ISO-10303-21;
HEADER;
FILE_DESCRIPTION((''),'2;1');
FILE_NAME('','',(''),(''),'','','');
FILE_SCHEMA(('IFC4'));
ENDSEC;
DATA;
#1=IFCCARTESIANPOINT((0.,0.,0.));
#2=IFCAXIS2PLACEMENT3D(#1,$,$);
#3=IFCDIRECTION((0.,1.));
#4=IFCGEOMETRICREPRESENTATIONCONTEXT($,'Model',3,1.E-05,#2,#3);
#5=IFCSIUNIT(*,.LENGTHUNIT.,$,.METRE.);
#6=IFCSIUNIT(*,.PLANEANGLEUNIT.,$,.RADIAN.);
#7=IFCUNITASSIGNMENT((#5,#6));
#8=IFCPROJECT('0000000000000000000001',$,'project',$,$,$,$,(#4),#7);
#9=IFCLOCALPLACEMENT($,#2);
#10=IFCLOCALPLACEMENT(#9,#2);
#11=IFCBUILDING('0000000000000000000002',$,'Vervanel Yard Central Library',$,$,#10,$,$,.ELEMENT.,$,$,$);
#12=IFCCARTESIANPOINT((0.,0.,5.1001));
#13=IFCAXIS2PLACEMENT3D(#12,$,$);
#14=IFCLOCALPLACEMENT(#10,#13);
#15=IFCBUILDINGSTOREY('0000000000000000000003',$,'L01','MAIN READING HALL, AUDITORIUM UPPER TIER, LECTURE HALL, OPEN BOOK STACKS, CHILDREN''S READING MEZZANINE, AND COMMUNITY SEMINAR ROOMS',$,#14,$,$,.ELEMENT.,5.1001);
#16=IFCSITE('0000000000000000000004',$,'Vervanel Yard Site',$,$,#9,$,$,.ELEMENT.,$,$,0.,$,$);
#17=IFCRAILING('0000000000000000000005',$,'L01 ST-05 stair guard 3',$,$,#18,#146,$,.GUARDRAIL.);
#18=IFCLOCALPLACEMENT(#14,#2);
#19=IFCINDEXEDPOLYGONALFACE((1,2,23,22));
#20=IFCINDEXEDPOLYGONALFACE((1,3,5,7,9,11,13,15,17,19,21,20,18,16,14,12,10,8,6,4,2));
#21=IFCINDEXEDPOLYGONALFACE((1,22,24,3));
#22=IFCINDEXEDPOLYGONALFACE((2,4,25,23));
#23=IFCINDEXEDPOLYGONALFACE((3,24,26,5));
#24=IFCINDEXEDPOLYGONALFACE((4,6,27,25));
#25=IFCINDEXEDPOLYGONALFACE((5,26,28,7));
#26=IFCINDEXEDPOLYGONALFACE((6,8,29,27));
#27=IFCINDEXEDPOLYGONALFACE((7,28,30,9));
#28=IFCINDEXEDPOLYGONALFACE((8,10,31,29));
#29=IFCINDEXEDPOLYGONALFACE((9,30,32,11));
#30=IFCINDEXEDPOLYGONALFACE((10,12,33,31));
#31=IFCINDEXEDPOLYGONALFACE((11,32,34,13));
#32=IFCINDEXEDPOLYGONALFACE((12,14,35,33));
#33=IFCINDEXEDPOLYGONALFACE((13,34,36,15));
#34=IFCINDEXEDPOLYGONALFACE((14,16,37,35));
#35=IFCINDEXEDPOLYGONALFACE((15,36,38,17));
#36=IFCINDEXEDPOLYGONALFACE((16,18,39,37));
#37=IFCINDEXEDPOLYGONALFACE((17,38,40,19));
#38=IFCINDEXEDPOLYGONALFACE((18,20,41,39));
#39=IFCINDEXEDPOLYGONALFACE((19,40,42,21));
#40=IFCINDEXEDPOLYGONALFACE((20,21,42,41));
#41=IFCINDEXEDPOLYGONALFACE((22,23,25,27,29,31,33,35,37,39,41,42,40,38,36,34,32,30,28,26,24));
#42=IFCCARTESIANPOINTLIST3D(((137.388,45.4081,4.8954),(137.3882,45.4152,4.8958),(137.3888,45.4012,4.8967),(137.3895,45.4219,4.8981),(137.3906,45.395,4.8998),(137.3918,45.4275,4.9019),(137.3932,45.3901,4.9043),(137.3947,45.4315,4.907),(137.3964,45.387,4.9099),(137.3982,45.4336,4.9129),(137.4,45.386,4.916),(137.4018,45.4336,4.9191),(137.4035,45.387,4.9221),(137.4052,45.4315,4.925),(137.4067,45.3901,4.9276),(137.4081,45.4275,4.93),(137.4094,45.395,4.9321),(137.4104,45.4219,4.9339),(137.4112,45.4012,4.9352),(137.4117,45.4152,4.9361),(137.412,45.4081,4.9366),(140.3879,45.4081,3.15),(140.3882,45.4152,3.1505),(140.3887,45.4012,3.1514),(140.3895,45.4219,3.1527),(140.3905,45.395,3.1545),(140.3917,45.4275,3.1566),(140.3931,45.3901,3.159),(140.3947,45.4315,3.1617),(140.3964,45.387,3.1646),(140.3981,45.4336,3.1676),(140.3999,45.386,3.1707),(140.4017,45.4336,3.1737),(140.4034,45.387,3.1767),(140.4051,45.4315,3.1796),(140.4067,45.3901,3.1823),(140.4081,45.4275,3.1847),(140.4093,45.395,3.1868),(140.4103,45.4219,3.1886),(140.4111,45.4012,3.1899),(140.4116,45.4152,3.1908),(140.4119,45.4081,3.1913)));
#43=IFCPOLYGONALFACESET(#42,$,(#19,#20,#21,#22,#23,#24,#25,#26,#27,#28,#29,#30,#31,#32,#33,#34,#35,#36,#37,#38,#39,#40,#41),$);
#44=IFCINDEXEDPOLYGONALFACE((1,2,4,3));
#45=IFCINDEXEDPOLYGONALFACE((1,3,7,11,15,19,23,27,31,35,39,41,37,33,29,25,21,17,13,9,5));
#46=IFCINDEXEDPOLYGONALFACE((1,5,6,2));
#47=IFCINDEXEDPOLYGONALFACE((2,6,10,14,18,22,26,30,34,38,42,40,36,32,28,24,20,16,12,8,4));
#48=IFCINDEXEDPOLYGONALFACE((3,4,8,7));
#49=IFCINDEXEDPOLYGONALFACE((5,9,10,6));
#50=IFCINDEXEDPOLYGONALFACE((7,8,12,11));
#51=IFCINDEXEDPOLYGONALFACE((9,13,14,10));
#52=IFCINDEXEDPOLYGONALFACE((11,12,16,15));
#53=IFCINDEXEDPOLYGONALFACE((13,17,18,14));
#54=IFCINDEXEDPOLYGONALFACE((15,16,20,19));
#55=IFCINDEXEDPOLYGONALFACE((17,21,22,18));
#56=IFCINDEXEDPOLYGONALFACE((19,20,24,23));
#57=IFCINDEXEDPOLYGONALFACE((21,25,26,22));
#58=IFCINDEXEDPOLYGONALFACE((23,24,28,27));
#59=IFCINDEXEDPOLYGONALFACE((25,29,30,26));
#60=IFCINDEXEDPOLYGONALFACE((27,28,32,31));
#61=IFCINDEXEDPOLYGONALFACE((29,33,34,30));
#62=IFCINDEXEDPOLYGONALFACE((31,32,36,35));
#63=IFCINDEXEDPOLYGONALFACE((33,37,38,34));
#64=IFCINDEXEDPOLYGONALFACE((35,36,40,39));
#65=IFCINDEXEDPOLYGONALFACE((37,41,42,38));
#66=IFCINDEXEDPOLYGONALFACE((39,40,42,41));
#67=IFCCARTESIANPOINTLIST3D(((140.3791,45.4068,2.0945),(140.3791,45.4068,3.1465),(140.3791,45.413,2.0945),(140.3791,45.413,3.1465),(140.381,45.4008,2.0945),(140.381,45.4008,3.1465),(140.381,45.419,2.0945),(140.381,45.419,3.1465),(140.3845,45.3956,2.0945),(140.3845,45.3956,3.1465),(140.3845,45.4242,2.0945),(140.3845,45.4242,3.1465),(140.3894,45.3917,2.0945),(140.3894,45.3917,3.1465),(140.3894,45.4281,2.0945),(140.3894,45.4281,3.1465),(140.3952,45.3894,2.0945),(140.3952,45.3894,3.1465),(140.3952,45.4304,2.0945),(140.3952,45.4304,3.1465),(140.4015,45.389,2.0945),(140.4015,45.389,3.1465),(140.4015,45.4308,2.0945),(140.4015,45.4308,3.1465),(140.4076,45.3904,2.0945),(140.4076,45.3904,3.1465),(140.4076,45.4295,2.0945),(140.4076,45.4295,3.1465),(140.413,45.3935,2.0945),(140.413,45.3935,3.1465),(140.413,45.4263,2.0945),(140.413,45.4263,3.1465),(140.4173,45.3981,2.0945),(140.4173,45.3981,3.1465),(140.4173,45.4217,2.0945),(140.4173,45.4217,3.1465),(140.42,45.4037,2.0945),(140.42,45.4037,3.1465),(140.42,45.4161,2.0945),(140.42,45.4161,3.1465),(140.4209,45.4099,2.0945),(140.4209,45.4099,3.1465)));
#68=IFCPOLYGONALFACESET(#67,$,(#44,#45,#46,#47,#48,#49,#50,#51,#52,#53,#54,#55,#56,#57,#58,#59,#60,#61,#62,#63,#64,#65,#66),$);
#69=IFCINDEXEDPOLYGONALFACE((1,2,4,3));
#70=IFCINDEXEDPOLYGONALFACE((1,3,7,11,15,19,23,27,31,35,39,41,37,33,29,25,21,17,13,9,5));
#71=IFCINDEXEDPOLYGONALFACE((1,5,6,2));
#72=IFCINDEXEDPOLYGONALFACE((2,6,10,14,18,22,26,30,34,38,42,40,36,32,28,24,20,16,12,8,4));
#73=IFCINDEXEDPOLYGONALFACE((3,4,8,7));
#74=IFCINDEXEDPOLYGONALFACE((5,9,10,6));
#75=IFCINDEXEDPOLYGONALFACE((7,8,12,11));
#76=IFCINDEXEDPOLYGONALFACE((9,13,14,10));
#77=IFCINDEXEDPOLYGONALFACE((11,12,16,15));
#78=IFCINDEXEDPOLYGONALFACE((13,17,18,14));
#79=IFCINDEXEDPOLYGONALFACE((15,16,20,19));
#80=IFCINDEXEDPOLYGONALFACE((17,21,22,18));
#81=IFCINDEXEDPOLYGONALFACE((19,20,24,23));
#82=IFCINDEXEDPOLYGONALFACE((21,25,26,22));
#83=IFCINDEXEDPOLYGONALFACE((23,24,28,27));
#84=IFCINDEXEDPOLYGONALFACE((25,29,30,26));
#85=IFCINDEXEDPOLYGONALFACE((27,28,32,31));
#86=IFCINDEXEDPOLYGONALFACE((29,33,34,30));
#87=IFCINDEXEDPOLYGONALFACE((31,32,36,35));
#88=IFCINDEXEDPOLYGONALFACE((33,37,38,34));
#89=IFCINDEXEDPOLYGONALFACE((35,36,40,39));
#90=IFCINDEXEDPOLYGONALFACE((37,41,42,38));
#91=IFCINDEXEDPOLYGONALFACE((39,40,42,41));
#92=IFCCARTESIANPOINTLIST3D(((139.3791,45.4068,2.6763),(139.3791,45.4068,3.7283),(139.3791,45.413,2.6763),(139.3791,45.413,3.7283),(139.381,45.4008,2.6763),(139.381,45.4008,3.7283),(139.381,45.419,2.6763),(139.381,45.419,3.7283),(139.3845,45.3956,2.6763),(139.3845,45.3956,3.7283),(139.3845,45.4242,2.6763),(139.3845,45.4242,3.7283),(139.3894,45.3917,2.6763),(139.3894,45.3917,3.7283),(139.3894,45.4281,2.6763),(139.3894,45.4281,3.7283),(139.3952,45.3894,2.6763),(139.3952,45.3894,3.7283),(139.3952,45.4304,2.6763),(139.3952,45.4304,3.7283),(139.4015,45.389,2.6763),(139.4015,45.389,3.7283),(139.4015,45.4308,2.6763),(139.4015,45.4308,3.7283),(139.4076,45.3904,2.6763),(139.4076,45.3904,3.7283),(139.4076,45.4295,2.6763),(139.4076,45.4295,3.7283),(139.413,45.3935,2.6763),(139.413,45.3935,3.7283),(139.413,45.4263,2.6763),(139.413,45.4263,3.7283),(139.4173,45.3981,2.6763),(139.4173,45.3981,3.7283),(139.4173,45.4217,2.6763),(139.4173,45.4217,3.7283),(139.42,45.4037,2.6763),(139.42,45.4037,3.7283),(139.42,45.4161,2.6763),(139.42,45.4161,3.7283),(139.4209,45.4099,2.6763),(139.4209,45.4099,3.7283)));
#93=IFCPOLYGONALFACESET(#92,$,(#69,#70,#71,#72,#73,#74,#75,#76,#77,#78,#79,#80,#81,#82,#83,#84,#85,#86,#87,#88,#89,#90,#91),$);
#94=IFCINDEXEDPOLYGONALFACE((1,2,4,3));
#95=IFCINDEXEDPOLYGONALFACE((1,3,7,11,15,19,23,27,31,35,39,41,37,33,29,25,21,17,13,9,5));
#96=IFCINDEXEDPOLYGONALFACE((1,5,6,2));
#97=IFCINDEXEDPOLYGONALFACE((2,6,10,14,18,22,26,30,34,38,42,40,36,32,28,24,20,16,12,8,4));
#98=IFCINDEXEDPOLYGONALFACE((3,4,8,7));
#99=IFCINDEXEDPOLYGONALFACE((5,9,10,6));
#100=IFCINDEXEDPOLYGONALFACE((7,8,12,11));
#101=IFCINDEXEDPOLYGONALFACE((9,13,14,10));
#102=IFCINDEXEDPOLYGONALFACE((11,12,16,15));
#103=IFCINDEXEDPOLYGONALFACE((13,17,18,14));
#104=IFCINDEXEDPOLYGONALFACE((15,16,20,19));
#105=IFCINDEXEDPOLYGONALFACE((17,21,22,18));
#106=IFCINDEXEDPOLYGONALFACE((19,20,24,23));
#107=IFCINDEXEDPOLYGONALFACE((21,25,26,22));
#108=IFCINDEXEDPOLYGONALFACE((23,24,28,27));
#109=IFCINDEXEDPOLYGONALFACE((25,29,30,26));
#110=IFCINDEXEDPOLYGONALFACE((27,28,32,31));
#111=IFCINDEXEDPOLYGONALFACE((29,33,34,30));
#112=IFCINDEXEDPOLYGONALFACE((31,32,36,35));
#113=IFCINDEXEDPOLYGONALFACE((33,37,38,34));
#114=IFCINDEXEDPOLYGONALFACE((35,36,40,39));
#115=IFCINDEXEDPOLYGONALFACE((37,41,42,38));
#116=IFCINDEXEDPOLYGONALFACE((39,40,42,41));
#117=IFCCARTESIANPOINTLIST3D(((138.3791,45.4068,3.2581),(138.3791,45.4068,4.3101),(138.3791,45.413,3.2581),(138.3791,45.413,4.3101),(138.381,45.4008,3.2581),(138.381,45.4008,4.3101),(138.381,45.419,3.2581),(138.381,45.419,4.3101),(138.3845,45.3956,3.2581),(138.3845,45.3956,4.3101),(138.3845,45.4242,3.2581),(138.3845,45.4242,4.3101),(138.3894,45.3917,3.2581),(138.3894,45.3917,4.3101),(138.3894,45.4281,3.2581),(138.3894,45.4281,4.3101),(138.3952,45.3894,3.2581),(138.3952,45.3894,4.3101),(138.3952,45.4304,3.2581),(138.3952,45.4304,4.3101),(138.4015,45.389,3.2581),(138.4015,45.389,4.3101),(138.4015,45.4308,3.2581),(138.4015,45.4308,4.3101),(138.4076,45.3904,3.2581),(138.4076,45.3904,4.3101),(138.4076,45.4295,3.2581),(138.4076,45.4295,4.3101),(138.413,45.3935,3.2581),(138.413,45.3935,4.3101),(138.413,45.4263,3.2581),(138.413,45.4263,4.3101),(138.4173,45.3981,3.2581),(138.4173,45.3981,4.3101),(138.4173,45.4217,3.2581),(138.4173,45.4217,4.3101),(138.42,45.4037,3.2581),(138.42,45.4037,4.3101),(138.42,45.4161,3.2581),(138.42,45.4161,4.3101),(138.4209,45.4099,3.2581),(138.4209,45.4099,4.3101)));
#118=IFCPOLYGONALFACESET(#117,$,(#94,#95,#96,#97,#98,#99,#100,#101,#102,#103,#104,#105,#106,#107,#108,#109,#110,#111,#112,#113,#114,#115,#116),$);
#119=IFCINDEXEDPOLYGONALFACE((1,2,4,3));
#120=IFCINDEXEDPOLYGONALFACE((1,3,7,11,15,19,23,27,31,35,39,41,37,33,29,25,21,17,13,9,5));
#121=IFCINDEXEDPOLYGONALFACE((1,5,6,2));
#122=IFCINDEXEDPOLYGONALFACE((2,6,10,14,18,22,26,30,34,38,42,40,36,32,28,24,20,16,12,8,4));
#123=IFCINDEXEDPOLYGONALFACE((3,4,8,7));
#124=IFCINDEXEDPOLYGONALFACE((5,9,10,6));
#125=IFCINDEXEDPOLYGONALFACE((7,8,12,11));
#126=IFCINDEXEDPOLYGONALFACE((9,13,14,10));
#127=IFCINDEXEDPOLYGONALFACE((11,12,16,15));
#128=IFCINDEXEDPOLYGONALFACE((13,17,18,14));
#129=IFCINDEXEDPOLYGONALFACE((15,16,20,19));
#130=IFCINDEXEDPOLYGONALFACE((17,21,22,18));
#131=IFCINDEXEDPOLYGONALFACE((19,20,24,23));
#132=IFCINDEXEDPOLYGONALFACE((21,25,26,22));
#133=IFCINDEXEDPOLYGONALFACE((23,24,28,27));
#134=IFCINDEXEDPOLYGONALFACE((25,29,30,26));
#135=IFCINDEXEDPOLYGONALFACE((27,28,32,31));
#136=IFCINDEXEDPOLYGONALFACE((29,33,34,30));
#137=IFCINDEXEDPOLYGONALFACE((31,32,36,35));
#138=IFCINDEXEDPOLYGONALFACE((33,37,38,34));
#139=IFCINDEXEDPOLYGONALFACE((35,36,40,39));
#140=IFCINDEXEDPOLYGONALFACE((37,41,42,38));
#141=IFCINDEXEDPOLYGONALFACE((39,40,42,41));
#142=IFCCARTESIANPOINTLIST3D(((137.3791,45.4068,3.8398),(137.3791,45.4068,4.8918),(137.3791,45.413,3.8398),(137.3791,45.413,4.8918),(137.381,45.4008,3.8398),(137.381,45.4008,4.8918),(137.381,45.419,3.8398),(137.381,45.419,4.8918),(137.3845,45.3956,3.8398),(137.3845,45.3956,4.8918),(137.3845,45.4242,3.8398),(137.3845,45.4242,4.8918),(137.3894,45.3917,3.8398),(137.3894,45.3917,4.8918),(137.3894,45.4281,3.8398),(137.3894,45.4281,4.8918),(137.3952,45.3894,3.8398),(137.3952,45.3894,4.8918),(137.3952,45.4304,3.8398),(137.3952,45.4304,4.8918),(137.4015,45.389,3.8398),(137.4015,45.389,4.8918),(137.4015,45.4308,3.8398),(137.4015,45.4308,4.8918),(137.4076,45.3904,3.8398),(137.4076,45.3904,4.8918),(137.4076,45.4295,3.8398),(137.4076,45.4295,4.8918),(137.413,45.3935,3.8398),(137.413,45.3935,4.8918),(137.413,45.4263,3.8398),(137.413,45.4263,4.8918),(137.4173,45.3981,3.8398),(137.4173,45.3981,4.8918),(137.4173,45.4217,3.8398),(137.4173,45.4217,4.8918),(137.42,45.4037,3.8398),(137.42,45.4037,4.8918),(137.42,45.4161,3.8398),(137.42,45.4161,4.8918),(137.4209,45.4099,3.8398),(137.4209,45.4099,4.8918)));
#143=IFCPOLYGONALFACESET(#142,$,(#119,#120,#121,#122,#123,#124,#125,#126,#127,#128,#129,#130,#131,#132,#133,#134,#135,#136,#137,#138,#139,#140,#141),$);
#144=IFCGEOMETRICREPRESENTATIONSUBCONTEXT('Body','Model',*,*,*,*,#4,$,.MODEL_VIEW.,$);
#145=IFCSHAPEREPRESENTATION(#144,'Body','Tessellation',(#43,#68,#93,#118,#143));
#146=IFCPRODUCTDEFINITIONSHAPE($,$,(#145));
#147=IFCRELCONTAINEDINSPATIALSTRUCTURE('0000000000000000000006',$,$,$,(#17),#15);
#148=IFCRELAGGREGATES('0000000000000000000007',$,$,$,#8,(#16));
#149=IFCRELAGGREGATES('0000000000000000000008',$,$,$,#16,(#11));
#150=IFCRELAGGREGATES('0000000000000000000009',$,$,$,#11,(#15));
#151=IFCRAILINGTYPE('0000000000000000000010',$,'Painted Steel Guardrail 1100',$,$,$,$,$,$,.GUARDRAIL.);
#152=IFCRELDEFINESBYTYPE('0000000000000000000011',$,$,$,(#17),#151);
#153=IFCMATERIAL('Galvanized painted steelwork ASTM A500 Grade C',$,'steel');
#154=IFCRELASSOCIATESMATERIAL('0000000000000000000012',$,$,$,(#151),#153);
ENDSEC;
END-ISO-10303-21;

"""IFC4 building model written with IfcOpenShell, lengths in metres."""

from ifc_helpers import new_model, si_unit, direction, frame, origin, origin_2d, place, context, subcontext, project, spatial, circle, extrude, material, type_object, element, save


model = new_model("IFC4")

# Units and contexts
model_context = context("Model", 3, precision=1e-05, world=origin(), true_north=direction((0.0, 1.0)))
body_context = subcontext(model_context, "Body", "Model", "MODEL_VIEW")
ifc_project = project(units=[si_unit("LENGTHUNIT", "METRE"), si_unit("PLANEANGLEUNIT", "RADIAN")], contexts=[model_context])

# Site, building, storey
site_placement = place(None, origin())
site = spatial("IfcSite", under=ifc_project, at=site_placement, Name="Vervanel Yard Site", CompositionType="ELEMENT", RefElevation=0.0)
building_placement = place(site_placement, origin())
building = spatial("IfcBuilding", under=site, at=building_placement, Name="Vervanel Yard Central Library", CompositionType="ELEMENT")
storey_placement = place(building_placement, frame((0.0, 0.0, 5.1001)))
storey = spatial("IfcBuildingStorey", under=building, at=storey_placement, Name="L01", Description="MAIN READING HALL, AUDITORIUM UPPER TIER, LECTURE HALL, OPEN BOOK STACKS, CHILDREN'S READING MEZZANINE, AND COMMUNITY SEMINAR ROOMS", CompositionType="ELEMENT", Elevation=5.1001)

# Shared definitions
ifc_material_1 = material(Name="Galvanized painted steelwork ASTM A500 Grade C", Category="steel")

# Railing
railing_type_1 = type_object("IfcRailingType", Name="Painted Steel Guardrail 1100", PredefinedType="GUARDRAIL", material=ifc_material_1)
railing_1_placement = place(storey_placement, frame((140.3999, 45.4099, 2.0945)))
element("IfcRailing", 1, at=railing_1_placement, inside=storey, type_object=railing_type_1, Name="L01 ST-05 stair guard 3", PredefinedType="GUARDRAIL", context=body_context, shape_type="SweptSolid", body=[
    extrude(circle(Radius=0.0239, at=origin_2d()), frame((0.0, 0.0, 1.0762), z_axis=(-0.86436, 0.0, 0.502874), x_axis=(0.0, -1.0, 0.0)), (0.0, 0.0, 1.0), 3.4707),
    extrude(circle(Radius=0.021, at=origin_2d()), origin(), (0.0, 0.0, 1.0), 1.052),
    extrude(circle(Radius=0.021, at=origin_2d()), frame((-1.0, 0.0, 0.5818)), (0.0, 0.0, 1.0), 1.052),
    extrude(circle(Radius=0.021, at=origin_2d()), frame((-2.0, 0.0, 1.1636)), (0.0, 0.0, 1.0), 1.052),
    extrude(circle(Radius=0.021, at=origin_2d()), frame((-3.0, 0.0, 1.7454)), (0.0, 0.0, 1.0), 1.052),
])

save(model, "model.ifc")
